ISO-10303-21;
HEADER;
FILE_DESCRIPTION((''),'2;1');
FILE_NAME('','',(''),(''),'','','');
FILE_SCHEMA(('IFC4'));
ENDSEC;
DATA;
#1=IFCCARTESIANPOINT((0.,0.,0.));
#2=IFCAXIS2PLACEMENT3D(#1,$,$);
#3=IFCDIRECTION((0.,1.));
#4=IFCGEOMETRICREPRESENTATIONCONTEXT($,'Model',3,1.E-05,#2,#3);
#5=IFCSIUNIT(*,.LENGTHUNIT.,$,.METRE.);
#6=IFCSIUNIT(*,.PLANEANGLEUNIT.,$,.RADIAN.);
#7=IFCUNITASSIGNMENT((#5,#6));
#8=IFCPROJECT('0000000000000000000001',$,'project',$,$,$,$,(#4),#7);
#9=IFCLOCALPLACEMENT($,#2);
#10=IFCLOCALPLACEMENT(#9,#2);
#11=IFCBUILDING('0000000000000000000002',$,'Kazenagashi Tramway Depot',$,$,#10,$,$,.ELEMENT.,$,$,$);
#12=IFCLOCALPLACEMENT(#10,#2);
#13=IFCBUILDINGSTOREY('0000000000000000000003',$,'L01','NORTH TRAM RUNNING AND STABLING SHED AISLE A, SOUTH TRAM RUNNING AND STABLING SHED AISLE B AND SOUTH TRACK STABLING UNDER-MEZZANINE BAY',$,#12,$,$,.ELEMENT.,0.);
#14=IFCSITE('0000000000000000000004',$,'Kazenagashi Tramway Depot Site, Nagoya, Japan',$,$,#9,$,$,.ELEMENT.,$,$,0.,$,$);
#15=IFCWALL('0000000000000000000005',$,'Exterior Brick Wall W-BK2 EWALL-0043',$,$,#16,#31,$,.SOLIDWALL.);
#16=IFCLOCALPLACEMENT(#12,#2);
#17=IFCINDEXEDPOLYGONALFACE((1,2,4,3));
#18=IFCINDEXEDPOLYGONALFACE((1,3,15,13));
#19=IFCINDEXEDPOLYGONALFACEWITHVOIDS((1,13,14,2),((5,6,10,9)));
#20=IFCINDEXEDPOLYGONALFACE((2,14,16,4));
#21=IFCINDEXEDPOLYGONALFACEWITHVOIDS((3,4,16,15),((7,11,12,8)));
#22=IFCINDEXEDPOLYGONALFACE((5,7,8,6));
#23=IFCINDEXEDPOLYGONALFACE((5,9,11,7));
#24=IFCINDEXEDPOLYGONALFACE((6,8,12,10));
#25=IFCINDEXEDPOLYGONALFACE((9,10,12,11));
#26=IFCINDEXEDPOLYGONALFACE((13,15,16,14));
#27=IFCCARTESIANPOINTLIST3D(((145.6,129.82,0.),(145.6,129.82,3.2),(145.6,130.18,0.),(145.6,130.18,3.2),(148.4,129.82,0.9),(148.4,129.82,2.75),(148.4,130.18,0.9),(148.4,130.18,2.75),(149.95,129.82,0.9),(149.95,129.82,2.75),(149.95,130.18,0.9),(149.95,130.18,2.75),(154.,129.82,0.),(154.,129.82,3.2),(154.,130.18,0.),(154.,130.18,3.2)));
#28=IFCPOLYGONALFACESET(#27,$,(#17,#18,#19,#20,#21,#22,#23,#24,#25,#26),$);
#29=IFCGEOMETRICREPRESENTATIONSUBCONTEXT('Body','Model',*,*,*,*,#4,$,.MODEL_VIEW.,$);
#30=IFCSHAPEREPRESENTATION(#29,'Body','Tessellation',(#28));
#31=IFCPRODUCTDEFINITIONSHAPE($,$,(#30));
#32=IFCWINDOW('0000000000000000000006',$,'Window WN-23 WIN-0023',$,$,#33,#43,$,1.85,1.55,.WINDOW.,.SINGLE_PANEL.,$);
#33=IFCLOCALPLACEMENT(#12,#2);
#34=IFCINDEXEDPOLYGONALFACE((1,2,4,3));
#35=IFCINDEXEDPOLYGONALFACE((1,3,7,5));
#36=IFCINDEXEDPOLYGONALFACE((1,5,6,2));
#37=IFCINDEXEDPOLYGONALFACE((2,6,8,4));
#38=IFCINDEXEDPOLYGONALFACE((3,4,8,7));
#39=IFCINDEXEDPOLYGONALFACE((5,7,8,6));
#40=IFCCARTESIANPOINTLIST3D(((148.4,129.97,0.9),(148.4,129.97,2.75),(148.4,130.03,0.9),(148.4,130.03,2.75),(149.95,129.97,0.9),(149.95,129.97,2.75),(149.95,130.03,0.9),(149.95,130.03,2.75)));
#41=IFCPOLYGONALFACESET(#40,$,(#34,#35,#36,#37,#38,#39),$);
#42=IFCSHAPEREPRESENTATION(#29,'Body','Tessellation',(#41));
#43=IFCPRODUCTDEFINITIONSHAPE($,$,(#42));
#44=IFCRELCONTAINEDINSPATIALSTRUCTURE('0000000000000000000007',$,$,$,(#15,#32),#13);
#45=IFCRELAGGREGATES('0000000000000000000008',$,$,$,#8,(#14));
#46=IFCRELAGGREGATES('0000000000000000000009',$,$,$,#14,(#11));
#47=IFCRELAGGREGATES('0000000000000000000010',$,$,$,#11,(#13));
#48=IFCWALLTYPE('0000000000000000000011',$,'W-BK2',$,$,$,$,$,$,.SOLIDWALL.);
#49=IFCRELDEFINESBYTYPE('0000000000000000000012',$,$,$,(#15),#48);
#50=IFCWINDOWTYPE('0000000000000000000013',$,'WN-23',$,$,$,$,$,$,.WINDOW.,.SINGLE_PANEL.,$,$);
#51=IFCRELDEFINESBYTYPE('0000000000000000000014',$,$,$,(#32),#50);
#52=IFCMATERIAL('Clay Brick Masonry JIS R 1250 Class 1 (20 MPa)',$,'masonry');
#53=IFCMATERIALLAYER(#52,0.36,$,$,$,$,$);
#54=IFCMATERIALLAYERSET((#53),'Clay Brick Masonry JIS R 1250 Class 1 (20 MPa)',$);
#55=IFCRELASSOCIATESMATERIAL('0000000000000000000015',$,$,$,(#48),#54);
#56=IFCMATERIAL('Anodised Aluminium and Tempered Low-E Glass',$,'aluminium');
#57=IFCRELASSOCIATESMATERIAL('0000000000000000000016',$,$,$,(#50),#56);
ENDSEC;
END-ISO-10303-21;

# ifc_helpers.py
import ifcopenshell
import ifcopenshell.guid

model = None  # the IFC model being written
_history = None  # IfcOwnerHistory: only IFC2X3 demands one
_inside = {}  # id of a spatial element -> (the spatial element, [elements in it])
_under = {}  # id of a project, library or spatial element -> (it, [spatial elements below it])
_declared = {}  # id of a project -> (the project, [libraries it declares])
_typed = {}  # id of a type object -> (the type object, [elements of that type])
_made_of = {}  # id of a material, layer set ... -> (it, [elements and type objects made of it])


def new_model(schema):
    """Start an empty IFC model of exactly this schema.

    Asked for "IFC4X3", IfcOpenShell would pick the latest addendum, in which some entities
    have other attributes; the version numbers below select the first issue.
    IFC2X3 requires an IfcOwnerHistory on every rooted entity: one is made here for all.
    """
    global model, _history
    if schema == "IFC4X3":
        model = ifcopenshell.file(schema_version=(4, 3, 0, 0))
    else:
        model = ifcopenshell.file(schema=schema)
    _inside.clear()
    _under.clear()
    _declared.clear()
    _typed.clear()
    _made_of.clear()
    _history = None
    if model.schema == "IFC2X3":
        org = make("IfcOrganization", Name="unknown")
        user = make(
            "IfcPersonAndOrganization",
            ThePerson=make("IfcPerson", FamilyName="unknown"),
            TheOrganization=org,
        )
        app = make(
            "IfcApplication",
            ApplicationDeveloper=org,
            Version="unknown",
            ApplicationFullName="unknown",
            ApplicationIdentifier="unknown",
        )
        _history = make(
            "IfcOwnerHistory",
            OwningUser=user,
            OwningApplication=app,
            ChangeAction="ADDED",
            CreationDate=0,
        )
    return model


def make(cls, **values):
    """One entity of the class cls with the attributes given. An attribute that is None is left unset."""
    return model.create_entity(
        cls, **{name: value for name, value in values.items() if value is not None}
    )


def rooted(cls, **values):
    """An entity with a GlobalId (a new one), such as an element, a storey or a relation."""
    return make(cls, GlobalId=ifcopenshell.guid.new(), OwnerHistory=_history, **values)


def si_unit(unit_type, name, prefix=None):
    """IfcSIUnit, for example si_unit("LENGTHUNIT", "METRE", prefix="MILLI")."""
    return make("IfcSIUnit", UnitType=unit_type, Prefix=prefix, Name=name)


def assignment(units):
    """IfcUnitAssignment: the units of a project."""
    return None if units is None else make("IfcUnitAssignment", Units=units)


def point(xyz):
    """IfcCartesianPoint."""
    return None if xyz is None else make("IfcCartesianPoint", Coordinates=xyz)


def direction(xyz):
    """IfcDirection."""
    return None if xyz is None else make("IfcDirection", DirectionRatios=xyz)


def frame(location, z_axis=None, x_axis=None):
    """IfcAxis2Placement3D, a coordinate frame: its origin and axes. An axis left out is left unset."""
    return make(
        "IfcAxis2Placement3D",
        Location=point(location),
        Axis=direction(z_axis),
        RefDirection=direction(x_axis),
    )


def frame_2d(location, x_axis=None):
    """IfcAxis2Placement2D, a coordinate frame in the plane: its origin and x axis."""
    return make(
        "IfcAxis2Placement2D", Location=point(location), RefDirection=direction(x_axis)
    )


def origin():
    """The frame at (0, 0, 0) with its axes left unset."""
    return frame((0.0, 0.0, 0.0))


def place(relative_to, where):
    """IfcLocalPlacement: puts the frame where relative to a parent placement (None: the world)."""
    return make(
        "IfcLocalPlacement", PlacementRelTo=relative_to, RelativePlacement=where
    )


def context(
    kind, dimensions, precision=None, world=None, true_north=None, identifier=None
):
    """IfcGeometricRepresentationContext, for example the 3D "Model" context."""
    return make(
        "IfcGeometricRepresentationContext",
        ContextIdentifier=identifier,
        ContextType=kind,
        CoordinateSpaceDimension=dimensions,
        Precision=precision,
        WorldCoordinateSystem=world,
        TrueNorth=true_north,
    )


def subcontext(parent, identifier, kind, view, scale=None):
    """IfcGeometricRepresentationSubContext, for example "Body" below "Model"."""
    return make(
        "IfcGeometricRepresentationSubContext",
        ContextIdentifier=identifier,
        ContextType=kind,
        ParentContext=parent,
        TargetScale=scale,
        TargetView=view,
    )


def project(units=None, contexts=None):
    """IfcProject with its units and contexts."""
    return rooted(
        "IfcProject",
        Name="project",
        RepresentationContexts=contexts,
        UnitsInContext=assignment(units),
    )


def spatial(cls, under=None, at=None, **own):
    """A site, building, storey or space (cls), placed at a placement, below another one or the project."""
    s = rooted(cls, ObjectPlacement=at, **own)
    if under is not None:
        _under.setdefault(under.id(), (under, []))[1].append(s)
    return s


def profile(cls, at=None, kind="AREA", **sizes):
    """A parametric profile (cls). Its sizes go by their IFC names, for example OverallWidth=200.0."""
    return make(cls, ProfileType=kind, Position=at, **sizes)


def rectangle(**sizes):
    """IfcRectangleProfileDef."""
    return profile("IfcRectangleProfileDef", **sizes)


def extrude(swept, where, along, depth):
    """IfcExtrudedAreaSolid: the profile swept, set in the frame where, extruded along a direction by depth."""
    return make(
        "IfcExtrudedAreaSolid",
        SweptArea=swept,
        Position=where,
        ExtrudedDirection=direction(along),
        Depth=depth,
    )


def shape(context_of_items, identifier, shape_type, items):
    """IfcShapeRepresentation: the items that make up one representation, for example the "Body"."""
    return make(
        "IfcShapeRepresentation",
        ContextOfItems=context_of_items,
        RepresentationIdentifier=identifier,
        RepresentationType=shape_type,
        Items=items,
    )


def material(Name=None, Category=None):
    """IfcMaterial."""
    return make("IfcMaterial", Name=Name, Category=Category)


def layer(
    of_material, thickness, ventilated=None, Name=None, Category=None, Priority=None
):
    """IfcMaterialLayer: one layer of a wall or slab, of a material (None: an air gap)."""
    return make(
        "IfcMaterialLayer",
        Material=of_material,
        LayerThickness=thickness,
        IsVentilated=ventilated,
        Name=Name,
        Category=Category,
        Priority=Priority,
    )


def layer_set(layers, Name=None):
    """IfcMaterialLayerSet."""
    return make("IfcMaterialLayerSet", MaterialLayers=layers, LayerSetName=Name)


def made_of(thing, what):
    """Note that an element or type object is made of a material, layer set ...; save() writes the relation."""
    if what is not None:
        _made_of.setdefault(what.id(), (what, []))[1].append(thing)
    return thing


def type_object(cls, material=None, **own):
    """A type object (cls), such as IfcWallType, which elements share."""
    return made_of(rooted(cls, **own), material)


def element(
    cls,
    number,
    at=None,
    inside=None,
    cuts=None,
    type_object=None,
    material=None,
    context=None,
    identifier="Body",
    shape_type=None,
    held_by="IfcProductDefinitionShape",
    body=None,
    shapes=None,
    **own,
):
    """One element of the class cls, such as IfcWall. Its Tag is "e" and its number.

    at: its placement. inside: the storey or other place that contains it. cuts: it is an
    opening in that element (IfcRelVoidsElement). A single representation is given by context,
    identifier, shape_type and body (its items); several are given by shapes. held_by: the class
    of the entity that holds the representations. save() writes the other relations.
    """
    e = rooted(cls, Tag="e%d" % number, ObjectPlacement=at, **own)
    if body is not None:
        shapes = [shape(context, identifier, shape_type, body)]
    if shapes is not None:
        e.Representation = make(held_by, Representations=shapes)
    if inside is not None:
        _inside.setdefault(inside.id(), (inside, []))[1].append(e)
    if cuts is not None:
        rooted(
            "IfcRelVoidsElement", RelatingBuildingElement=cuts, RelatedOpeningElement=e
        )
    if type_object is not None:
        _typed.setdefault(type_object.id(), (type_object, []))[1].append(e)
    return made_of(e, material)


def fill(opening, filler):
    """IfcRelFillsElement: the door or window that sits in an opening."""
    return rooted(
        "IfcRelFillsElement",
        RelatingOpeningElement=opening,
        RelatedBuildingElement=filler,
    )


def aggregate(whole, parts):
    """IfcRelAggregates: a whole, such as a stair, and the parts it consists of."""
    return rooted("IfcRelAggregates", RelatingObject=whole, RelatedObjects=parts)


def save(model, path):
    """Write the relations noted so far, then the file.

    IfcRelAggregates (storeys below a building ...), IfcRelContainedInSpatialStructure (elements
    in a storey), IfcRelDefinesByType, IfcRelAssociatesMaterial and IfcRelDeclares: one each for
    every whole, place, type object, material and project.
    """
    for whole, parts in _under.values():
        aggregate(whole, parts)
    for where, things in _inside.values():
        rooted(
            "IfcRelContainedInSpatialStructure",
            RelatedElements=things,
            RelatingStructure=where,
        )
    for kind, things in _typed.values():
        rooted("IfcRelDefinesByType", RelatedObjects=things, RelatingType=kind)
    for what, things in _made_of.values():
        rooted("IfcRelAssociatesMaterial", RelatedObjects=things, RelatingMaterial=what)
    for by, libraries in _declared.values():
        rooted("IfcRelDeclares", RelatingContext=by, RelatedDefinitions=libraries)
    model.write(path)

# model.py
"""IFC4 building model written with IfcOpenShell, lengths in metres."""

from ifc_helpers import new_model, si_unit, direction, frame, frame_2d, origin, place, context, subcontext, project, spatial, rectangle, extrude, material, layer, layer_set, type_object, element, fill, save


model = new_model("IFC4")

# Units and contexts
model_context = context("Model", 3, precision=1e-05, world=origin(), true_north=direction((0.0, 1.0)))
body_context = subcontext(model_context, "Body", "Model", "MODEL_VIEW")
ifc_project = project(units=[si_unit("LENGTHUNIT", "METRE"), si_unit("PLANEANGLEUNIT", "RADIAN")], contexts=[model_context])

# Site, building, storey
site_placement = place(None, origin())
site = spatial("IfcSite", under=ifc_project, at=site_placement, Name="Kazenagashi Tramway Depot Site, Nagoya, Japan", CompositionType="ELEMENT", RefElevation=0.0)
building_placement = place(site_placement, origin())
building = spatial("IfcBuilding", under=site, at=building_placement, Name="Kazenagashi Tramway Depot", CompositionType="ELEMENT")
storey_placement = place(building_placement, origin())
storey = spatial("IfcBuildingStorey", under=building, at=storey_placement, Name="L01", Description="NORTH TRAM RUNNING AND STABLING SHED AISLE A, SOUTH TRAM RUNNING AND STABLING SHED AISLE B AND SOUTH TRACK STABLING UNDER-MEZZANINE BAY", CompositionType="ELEMENT", Elevation=0.0)

# Wall, opening, window
ifc_material_1 = material(Name="Clay Brick Masonry JIS R 1250 Class 1 (20 MPa)", Category="masonry")
ifc_layer_1 = layer(ifc_material_1, 0.36)
ifc_layer_set_1 = layer_set([ifc_layer_1], Name="Clay Brick Masonry JIS R 1250 Class 1 (20 MPa)")
wall_type = type_object("IfcWallType", Name="W-BK2", PredefinedType="SOLIDWALL", material=ifc_layer_set_1)
wall_placement = place(storey_placement, frame((145.6, 130.0, 0.0), z_axis=(0.0, 0.0, 1.0), x_axis=(1.0, 0.0, 0.0)))
wall = element("IfcWall", 1, at=wall_placement, inside=storey, type_object=wall_type, Name="Exterior Brick Wall W-BK2 EWALL-0043", PredefinedType="SOLIDWALL", context=body_context, shape_type="SweptSolid", body=[
    extrude(rectangle(XDim=8.4, YDim=0.36, at=frame_2d((4.2, 0.0))), origin(), (0.0, 0.0, 1.0), 3.2),
])
opening_placement = place(wall_placement, frame((2.8, 0.0, 0.9)))
opening = element("IfcOpeningElement", 2, at=opening_placement, cuts=wall, PredefinedType="OPENING", context=body_context, shape_type="SweptSolid", body=[
    extrude(rectangle(XDim=1.55, YDim=1.85, at=frame_2d((0.775, 0.925))), frame((0.0, 0.19, 0.0), z_axis=(0.0, -1.0, 0.0), x_axis=(1.0, 0.0, 0.0)), (0.0, 0.0, 1.0), 0.38),
])
ifc_material_2 = material(Name="Anodised Aluminium and Tempered Low-E Glass", Category="aluminium")
window_type = type_object("IfcWindowType", Name="WN-23", PartitioningType="SINGLE_PANEL", PredefinedType="WINDOW", material=ifc_material_2)
window_placement = place(opening_placement, origin())
window = element("IfcWindow", 3, at=window_placement, inside=storey, type_object=window_type, Name="Window WN-23 WIN-0023", OverallHeight=1.85, OverallWidth=1.55, PartitioningType="SINGLE_PANEL", PredefinedType="WINDOW", context=body_context, shape_type="SweptSolid", body=[
    extrude(rectangle(XDim=1.55, YDim=1.85, at=frame_2d((0.775, 0.925))), frame((0.0, 0.03, 0.0), z_axis=(0.0, -1.0, 0.0), x_axis=(1.0, 0.0, 0.0)), (0.0, 0.0, 1.0), 0.06),
])
fill(opening, window)

save(model, "model.ifc")
